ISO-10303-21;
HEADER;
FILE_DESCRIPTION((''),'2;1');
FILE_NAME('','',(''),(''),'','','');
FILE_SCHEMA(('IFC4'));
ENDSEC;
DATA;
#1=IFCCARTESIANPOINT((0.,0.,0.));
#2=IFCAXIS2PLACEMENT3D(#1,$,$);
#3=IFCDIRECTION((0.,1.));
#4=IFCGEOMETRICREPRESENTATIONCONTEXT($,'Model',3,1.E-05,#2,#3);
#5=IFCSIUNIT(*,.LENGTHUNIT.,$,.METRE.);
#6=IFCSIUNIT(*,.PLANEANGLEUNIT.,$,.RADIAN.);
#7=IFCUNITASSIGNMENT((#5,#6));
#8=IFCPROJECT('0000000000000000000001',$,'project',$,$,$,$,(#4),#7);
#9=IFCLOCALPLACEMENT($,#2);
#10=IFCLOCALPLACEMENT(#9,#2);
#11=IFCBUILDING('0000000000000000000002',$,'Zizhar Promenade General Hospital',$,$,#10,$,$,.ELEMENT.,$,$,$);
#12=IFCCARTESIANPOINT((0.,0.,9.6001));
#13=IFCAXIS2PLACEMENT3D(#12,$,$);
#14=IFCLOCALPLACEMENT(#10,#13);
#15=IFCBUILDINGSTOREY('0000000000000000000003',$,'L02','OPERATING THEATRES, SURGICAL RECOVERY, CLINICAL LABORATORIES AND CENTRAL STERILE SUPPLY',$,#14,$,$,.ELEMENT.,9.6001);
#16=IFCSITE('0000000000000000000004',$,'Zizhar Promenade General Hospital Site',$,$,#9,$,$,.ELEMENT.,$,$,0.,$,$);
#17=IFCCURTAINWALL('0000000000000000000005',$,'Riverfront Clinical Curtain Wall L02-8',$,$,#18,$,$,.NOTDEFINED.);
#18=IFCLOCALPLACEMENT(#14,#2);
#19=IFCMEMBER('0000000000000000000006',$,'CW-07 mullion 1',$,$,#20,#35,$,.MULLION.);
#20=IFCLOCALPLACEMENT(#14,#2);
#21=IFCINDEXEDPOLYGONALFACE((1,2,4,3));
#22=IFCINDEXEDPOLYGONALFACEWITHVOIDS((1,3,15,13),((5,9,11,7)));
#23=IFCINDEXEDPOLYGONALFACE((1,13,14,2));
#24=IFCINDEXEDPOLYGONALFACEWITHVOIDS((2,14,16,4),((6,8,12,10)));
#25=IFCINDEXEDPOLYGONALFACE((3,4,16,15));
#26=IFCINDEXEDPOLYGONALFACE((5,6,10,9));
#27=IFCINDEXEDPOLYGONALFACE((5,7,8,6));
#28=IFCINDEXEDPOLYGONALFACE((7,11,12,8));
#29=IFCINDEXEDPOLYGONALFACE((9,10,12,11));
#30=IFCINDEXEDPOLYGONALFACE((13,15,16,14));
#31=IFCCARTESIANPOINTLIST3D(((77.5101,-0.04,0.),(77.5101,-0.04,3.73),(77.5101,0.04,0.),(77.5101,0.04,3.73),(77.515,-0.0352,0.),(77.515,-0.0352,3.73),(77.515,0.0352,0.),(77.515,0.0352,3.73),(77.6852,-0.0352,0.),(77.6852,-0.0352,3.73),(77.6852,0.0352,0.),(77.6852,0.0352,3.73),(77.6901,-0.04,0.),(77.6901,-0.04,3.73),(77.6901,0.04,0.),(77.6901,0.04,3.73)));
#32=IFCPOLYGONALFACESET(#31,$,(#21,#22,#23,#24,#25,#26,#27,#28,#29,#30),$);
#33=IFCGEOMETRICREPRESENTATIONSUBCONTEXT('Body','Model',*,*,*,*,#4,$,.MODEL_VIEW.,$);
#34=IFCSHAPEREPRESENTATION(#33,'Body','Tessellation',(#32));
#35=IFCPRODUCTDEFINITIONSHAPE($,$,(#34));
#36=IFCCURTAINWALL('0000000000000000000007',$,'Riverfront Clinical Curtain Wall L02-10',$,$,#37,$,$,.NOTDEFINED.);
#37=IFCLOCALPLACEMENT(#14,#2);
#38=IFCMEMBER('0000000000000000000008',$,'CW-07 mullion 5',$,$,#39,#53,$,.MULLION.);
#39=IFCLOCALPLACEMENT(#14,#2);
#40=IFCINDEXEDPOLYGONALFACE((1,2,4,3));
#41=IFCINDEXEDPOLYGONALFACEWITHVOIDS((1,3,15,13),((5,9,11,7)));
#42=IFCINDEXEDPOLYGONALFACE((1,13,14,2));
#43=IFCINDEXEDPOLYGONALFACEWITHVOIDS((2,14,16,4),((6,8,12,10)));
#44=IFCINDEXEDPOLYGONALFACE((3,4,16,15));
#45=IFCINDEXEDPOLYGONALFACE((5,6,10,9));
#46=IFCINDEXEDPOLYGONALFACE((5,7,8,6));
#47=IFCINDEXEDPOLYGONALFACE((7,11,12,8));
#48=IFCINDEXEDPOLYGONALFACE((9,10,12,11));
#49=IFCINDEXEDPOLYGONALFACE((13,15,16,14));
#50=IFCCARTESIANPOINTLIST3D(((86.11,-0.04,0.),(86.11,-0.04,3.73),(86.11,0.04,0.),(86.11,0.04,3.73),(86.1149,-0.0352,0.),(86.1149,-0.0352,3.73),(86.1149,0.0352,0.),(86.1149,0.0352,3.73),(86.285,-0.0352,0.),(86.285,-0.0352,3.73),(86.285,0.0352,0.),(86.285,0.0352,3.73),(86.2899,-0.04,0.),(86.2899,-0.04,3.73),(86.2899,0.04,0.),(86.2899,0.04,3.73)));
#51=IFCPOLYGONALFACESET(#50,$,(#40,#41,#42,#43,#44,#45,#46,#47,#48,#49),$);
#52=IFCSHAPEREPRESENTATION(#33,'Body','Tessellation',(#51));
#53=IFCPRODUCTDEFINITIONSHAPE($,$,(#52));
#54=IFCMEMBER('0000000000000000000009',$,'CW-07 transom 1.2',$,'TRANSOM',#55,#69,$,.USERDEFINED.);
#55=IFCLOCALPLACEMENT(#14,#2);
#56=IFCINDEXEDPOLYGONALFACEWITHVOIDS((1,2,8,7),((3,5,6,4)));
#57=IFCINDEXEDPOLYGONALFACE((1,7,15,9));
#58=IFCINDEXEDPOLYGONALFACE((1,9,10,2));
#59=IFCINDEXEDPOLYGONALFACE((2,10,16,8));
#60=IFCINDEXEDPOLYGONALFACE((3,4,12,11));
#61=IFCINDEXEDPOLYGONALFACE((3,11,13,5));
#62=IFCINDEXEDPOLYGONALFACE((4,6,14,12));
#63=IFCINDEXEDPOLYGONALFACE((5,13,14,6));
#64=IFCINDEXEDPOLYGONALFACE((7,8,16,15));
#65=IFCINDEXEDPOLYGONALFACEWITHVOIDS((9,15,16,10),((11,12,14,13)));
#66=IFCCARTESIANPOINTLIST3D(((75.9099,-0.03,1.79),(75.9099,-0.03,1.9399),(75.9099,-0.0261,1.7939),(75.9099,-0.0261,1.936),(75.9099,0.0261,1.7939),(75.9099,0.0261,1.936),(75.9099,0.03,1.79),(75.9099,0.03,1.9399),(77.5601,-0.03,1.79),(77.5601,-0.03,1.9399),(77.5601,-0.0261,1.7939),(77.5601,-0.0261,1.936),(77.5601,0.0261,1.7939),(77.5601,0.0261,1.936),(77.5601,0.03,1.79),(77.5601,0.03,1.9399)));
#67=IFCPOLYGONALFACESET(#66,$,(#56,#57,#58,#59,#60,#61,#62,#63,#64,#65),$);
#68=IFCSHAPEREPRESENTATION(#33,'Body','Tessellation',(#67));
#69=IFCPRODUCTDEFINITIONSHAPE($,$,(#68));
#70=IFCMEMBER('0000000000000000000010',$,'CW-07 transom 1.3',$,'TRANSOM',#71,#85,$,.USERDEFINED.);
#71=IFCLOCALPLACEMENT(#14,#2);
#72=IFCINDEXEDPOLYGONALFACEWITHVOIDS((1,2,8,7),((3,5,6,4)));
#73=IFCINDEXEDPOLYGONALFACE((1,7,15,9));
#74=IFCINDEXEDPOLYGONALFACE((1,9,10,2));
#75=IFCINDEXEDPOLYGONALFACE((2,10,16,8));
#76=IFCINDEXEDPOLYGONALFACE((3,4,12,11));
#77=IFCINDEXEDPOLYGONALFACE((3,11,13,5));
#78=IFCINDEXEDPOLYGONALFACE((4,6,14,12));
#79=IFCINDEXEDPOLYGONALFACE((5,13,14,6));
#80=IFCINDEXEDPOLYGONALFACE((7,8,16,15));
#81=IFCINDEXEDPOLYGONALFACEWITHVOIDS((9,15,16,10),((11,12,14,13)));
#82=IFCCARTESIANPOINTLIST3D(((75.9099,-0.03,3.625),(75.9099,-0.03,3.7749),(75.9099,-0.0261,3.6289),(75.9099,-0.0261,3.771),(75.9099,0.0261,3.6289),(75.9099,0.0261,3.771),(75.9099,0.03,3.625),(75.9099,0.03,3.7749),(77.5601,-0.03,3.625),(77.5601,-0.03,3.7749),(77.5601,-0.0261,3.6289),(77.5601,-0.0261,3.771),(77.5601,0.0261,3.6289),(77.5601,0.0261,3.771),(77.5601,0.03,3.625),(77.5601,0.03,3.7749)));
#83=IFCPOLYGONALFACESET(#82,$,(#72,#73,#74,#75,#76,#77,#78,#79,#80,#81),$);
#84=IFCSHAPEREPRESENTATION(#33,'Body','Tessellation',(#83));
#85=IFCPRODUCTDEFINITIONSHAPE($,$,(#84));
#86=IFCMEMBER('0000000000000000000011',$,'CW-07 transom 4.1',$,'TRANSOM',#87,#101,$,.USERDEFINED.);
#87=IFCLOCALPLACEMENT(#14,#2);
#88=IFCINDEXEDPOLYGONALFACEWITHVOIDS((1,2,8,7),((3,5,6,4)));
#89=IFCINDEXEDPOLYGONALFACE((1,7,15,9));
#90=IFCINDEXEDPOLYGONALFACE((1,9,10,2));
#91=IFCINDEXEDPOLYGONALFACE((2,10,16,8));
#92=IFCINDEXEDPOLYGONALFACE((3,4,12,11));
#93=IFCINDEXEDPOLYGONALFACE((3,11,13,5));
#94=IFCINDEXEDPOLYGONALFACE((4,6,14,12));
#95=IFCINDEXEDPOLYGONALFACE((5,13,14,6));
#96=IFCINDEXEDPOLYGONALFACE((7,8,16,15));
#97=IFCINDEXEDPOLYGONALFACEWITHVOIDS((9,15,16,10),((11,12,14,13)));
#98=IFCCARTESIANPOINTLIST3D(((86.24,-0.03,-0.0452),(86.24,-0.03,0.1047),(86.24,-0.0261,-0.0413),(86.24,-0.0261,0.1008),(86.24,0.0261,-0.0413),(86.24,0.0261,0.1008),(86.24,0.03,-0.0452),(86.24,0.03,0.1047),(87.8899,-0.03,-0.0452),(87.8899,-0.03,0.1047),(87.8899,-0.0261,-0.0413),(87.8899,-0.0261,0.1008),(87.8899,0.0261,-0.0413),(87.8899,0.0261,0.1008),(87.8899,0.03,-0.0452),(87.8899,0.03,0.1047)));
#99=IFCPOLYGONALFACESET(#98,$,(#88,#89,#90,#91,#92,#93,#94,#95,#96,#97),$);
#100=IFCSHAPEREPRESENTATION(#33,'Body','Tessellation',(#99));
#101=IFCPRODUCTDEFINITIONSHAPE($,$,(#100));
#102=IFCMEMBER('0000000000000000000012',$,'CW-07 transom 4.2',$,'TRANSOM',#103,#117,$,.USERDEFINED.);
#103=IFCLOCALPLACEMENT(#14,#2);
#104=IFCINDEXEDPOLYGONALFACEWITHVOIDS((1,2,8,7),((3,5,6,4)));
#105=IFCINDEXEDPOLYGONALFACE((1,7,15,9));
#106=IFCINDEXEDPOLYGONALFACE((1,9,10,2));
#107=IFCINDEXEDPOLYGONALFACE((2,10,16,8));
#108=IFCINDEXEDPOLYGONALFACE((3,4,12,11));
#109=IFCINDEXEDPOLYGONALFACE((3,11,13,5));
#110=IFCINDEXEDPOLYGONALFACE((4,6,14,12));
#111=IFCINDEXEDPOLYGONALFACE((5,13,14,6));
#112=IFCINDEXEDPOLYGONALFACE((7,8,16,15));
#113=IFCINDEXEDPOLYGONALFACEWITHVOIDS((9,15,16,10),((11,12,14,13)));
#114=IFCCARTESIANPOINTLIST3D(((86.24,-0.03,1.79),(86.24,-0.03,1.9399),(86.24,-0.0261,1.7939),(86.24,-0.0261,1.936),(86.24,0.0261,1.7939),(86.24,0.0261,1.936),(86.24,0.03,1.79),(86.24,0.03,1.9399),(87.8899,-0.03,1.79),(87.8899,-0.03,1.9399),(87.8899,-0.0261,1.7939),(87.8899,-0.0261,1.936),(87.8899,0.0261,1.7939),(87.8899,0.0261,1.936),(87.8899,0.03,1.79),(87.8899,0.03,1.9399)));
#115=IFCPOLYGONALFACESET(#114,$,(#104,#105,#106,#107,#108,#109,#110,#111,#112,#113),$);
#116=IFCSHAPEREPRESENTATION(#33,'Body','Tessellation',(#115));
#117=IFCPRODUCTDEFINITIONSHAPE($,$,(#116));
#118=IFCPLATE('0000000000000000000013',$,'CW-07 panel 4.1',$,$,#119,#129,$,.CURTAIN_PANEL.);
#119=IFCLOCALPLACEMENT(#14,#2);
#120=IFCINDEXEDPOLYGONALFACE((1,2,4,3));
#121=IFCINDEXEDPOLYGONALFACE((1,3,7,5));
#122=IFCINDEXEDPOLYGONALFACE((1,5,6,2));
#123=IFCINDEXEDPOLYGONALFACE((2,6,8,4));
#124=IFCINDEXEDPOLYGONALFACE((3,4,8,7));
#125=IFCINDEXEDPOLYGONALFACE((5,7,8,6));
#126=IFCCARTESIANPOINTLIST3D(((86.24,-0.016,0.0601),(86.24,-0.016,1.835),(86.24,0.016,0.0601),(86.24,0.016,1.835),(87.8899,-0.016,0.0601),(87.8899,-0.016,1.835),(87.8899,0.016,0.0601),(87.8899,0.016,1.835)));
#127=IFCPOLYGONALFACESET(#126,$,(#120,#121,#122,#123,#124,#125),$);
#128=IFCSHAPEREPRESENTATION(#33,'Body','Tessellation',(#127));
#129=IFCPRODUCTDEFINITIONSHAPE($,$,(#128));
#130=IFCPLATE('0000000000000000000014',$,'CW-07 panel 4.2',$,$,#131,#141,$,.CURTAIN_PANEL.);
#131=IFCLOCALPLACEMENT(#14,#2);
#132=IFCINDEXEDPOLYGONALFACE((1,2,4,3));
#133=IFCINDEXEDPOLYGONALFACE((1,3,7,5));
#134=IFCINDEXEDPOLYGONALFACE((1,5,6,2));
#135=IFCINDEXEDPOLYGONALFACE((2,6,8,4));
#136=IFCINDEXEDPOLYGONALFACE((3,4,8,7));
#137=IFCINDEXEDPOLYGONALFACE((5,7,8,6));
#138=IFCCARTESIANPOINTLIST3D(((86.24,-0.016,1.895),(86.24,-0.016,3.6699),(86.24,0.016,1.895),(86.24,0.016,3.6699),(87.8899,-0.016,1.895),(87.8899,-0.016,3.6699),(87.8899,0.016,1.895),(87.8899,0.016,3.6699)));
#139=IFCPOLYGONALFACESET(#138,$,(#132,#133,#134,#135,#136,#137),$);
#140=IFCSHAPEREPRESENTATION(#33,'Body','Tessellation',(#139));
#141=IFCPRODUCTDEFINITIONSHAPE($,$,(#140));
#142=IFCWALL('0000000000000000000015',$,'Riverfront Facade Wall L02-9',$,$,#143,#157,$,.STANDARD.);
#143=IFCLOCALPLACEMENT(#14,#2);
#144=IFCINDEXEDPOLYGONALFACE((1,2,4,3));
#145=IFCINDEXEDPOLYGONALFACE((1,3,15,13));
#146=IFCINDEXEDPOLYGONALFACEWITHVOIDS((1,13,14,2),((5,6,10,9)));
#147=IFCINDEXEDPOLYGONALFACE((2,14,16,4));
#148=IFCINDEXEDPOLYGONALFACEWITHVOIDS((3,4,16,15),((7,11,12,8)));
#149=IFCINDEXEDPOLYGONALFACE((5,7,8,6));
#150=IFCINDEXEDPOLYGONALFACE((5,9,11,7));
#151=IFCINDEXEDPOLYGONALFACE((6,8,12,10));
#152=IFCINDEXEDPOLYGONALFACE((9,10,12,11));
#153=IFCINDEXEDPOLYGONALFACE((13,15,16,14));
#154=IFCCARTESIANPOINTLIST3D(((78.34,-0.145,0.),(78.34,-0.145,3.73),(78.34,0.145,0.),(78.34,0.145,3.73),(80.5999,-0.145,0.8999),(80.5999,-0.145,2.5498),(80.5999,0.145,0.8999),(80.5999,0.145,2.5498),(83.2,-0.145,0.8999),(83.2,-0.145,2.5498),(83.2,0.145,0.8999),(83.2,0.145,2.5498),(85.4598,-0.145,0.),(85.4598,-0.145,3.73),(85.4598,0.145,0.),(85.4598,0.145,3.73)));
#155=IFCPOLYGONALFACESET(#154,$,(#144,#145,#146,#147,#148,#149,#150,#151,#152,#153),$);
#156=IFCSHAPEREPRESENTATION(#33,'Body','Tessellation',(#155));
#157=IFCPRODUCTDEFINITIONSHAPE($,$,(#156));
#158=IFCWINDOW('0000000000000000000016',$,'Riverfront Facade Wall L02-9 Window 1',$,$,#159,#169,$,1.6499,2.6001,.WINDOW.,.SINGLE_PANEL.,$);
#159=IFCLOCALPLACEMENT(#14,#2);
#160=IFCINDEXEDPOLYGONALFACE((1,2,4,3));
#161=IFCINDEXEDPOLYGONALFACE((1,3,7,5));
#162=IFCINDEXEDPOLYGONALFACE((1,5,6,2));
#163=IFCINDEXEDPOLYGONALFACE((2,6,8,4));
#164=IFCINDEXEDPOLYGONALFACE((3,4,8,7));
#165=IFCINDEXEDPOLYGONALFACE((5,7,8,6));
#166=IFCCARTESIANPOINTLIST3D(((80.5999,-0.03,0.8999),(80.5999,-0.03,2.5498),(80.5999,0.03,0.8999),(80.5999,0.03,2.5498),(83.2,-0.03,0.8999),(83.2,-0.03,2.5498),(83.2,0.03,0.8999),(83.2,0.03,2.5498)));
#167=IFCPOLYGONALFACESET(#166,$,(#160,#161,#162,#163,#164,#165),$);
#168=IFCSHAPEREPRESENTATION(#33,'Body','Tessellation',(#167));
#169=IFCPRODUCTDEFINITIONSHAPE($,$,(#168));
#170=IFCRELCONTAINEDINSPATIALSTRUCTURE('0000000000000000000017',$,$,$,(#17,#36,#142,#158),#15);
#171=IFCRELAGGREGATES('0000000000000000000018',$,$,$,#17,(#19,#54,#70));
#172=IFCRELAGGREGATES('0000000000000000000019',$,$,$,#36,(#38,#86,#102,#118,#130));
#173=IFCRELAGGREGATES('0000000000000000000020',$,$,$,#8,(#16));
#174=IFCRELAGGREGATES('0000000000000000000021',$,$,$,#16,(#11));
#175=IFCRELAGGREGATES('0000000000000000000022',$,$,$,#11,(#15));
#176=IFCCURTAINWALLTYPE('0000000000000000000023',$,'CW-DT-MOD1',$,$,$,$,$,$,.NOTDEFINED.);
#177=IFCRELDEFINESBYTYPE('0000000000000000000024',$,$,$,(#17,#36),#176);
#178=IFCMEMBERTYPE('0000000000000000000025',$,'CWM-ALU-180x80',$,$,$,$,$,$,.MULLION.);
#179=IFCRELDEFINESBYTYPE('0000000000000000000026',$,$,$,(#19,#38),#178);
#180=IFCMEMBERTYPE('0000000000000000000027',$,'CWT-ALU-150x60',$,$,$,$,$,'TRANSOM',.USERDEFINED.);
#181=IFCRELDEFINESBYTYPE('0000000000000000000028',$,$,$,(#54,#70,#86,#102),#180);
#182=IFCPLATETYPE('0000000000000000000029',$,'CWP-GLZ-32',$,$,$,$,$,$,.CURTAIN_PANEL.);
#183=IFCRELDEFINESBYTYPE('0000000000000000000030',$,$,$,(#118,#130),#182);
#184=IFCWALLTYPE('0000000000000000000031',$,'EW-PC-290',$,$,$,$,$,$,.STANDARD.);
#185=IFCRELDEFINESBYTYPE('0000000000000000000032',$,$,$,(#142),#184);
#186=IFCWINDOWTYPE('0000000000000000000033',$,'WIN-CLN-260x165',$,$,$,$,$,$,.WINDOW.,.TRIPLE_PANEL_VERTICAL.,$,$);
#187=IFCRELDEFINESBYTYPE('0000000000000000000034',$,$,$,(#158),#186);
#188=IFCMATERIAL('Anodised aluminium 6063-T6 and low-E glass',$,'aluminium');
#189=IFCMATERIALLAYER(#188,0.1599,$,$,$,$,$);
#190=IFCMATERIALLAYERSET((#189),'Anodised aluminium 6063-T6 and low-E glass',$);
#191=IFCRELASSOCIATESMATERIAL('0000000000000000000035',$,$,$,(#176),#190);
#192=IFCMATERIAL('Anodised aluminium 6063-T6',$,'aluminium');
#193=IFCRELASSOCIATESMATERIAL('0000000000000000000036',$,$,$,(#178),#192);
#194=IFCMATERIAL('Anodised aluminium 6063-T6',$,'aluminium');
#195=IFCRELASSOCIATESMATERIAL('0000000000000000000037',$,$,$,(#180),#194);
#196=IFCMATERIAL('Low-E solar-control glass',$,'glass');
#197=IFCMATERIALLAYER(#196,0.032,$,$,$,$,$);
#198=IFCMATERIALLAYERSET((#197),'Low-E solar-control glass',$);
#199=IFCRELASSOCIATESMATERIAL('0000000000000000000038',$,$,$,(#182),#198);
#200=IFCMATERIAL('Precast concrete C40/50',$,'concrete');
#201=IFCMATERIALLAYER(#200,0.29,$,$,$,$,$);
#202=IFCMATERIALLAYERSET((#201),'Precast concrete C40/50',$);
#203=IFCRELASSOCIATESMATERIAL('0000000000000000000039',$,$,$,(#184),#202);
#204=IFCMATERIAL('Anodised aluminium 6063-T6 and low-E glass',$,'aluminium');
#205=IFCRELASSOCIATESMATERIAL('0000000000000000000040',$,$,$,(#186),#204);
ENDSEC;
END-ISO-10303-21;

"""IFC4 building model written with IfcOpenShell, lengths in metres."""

from ifc_helpers import new_model, si_unit, direction, frame, frame_2d, origin, origin_2d, place, context, subcontext, project, spatial, rectangle, hollow_rectangle, extrude, material, layer, layer_set, material_profile, profile_set, type_object, element, fill, aggregate, save


model = new_model("IFC4")

# Units and contexts
model_context = context("Model", 3, precision=1e-05, world=origin(), true_north=direction((0.0, 1.0)))
body_context = subcontext(model_context, "Body", "Model", "MODEL_VIEW")
ifc_project = project(units=[si_unit("LENGTHUNIT", "METRE"), si_unit("PLANEANGLEUNIT", "RADIAN")], contexts=[model_context])

# Site, building, storey
site_placement = place(None, origin())
site = spatial("IfcSite", under=ifc_project, at=site_placement, Name="Zizhar Promenade General Hospital Site", CompositionType="ELEMENT", RefElevation=0.0)
building_placement = place(site_placement, origin())
building = spatial("IfcBuilding", under=site, at=building_placement, Name="Zizhar Promenade General Hospital", CompositionType="ELEMENT")
storey_placement = place(building_placement, frame((0.0, 0.0, 9.6001)))
storey = spatial("IfcBuildingStorey", under=building, at=storey_placement, Name="L02", Description="OPERATING THEATRES, SURGICAL RECOVERY, CLINICAL LABORATORIES AND CENTRAL STERILE SUPPLY", CompositionType="ELEMENT", Elevation=9.6001)

# Curtain walls, members
ifc_material_1 = material(Name="Anodised aluminium 6063-T6 and low-E glass", Category="aluminium")
ifc_layer_1 = layer(ifc_material_1, 0.1599)
ifc_layer_set_1 = layer_set([ifc_layer_1], Name="Anodised aluminium 6063-T6 and low-E glass")
curtain_wall_type = type_object("IfcCurtainWallType", Name="CW-DT-MOD1", PredefinedType="NOTDEFINED", material=ifc_layer_set_1)
curtain_wall_1_placement = place(storey_placement, origin())
curtain_wall_1 = element("IfcCurtainWall", 1, at=curtain_wall_1_placement, inside=storey, type_object=curtain_wall_type, Name="Riverfront Clinical Curtain Wall L02-8", PredefinedType="NOTDEFINED")
ifc_material_2 = material(Name="Anodised aluminium 6063-T6", Category="aluminium")
ifc_material_profile_1 = material_profile(ifc_material_2, hollow_rectangle(XDim=0.0801, YDim=0.1799, WallThickness=0.0049, at=origin_2d()))
ifc_profile_set_1 = profile_set([ifc_material_profile_1], Name="Anodised aluminium 6063-T6")
member_type_1 = type_object("IfcMemberType", Name="CWM-ALU-180x80", PredefinedType="MULLION", material=ifc_profile_set_1)
member_1_placement = place(storey_placement, frame((77.6001, 0.0, 0.0), z_axis=(0.0, 0.0, 1.0), x_axis=(0.0, -1.0, 0.0)))
member_1 = element("IfcMember", 2, at=member_1_placement, type_object=member_type_1, Name="CW-07 mullion 1", PredefinedType="MULLION", context=body_context, shape_type="SweptSolid", body=[
    extrude(hollow_rectangle(XDim=0.0801, YDim=0.1799, WallThickness=0.0049, at=origin_2d()), origin(), (0.0, 0.0, 1.0), 3.73),
])
curtain_wall_2_placement = place(storey_placement, origin())
curtain_wall_2 = element("IfcCurtainWall", 3, at=curtain_wall_2_placement, inside=storey, type_object=curtain_wall_type, Name="Riverfront Clinical Curtain Wall L02-10", PredefinedType="NOTDEFINED")
member_2_placement = place(storey_placement, frame((86.2, 0.0, 0.0), z_axis=(0.0, 0.0, 1.0), x_axis=(0.0, -1.0, 0.0)))
member_2 = element("IfcMember", 4, at=member_2_placement, type_object=member_type_1, Name="CW-07 mullion 5", PredefinedType="MULLION", context=body_context, shape_type="SweptSolid", body=[
    extrude(hollow_rectangle(XDim=0.0801, YDim=0.1799, WallThickness=0.0049, at=origin_2d()), origin(), (0.0, 0.0, 1.0), 3.73),
])

# Members
ifc_material_3 = material(Name="Anodised aluminium 6063-T6", Category="aluminium")
ifc_material_profile_2 = material_profile(ifc_material_3, hollow_rectangle(XDim=0.0601, YDim=0.1499, WallThickness=0.0039, at=origin_2d()))
ifc_profile_set_2 = profile_set([ifc_material_profile_2], Name="Anodised aluminium 6063-T6")
member_type_2 = type_object("IfcMemberType", Name="CWT-ALU-150x60", ElementType="TRANSOM", PredefinedType="USERDEFINED", material=ifc_profile_set_2)
member_3_placement = place(storey_placement, frame((77.5601, 0.0, 1.865), z_axis=(-1.0, 0.0, 0.0), x_axis=(0.0, -1.0, 0.0)))
member_3 = element("IfcMember", 5, at=member_3_placement, type_object=member_type_2, Name="CW-07 transom 1.2", ObjectType="TRANSOM", PredefinedType="USERDEFINED", context=body_context, shape_type="SweptSolid", body=[
    extrude(hollow_rectangle(XDim=0.0601, YDim=0.1499, WallThickness=0.0039, at=origin_2d()), origin(), (0.0, 0.0, 1.0), 1.6501),
])
member_4_placement = place(storey_placement, frame((77.5601, 0.0, 3.7), z_axis=(-1.0, 0.0, 0.0), x_axis=(0.0, -1.0, 0.0)))
member_4 = element("IfcMember", 6, at=member_4_placement, type_object=member_type_2, Name="CW-07 transom 1.3", ObjectType="TRANSOM", PredefinedType="USERDEFINED", context=body_context, shape_type="SweptSolid", body=[
    extrude(hollow_rectangle(XDim=0.0601, YDim=0.1499, WallThickness=0.0039, at=origin_2d()), origin(), (0.0, 0.0, 1.0), 1.6501),
])
aggregate(curtain_wall_1, [member_1, member_3, member_4])
member_5_placement = place(storey_placement, frame((87.8899, 0.0, 0.0298), z_axis=(-1.0, 0.0, 0.0), x_axis=(0.0, -1.0, 0.0)))
member_5 = element("IfcMember", 7, at=member_5_placement, type_object=member_type_2, Name="CW-07 transom 4.1", ObjectType="TRANSOM", PredefinedType="USERDEFINED", context=body_context, shape_type="SweptSolid", body=[
    extrude(hollow_rectangle(XDim=0.0601, YDim=0.1499, WallThickness=0.0039, at=origin_2d()), origin(), (0.0, 0.0, 1.0), 1.6499),
])
member_6_placement = place(storey_placement, frame((87.8899, 0.0, 1.865), z_axis=(-1.0, 0.0, 0.0), x_axis=(0.0, -1.0, 0.0)))
member_6 = element("IfcMember", 8, at=member_6_placement, type_object=member_type_2, Name="CW-07 transom 4.2", ObjectType="TRANSOM", PredefinedType="USERDEFINED", context=body_context, shape_type="SweptSolid", body=[
    extrude(hollow_rectangle(XDim=0.0601, YDim=0.1499, WallThickness=0.0039, at=origin_2d()), origin(), (0.0, 0.0, 1.0), 1.6499),
])

# Plates
ifc_material_4 = material(Name="Low-E solar-control glass", Category="glass")
ifc_layer_2 = layer(ifc_material_4, 0.032)
ifc_layer_set_2 = layer_set([ifc_layer_2], Name="Low-E solar-control glass")
plate_type = type_object("IfcPlateType", Name="CWP-GLZ-32", PredefinedType="CURTAIN_PANEL", material=ifc_layer_set_2)
plate_1_placement = place(storey_placement, frame((87.0649, 0.0, 0.0601), z_axis=(0.0, 0.0, 1.0), x_axis=(-1.0, 0.0, 0.0)))
plate_1 = element("IfcPlate", 9, at=plate_1_placement, type_object=plate_type, Name="CW-07 panel 4.1", PredefinedType="CURTAIN_PANEL", context=body_context, shape_type="SweptSolid", body=[
    extrude(rectangle(XDim=1.6499, YDim=0.032, at=origin_2d()), origin(), (0.0, 0.0, 1.0), 1.7749),
])
plate_2_placement = place(storey_placement, frame((87.0649, 0.0, 1.895), z_axis=(0.0, 0.0, 1.0), x_axis=(-1.0, 0.0, 0.0)))
plate_2 = element("IfcPlate", 10, at=plate_2_placement, type_object=plate_type, Name="CW-07 panel 4.2", PredefinedType="CURTAIN_PANEL", context=body_context, shape_type="SweptSolid", body=[
    extrude(rectangle(XDim=1.6499, YDim=0.032, at=origin_2d()), origin(), (0.0, 0.0, 1.0), 1.7749),
])
aggregate(curtain_wall_2, [member_2, member_5, member_6, plate_1, plate_2])

# Wall, opening, window
ifc_material_5 = material(Name="Precast concrete C40/50", Category="concrete")
ifc_layer_3 = layer(ifc_material_5, 0.29)
ifc_layer_set_3 = layer_set([ifc_layer_3], Name="Precast concrete C40/50")
wall_type_1 = type_object("IfcWallType", Name="EW-PC-290", PredefinedType="STANDARD", material=ifc_layer_set_3)
wall_1_placement = place(storey_placement, frame((85.46, 0.0, 0.0), z_axis=(0.0, 0.0, 1.0), x_axis=(-1.0, 0.0, 0.0)))
wall_1 = element("IfcWall", 11, at=wall_1_placement, inside=storey, type_object=wall_type_1, Name="Riverfront Facade Wall L02-9", PredefinedType="STANDARD", context=body_context, shape_type="SweptSolid", body=[
    extrude(rectangle(XDim=7.1199, YDim=0.29, at=frame_2d((3.5601, 0.0))), origin(), (0.0, 0.0, 1.0), 3.73),
])
opening_1_placement = place(wall_1_placement, frame((2.26, 0.0, 0.8999)))
opening_1 = element("IfcOpeningElement", 12, at=opening_1_placement, cuts=wall_1, PredefinedType="OPENING", context=body_context, shape_type="SweptSolid", body=[
    extrude(rectangle(XDim=2.6001, YDim=1.6499, at=frame_2d((1.3, 0.825))), frame((0.0, 0.155, 0.0), z_axis=(0.0, -1.0, 0.0), x_axis=(1.0, 0.0, 0.0)), (0.0, 0.0, 1.0), 0.3101),
])
ifc_material_6 = material(Name="Anodised aluminium 6063-T6 and low-E glass", Category="aluminium")
window_type = type_object("IfcWindowType", Name="WIN-CLN-260x165", PartitioningType="TRIPLE_PANEL_VERTICAL", PredefinedType="WINDOW", material=ifc_material_6)
window_placement = place(opening_1_placement, origin())
window = element("IfcWindow", 13, at=window_placement, inside=storey, type_object=window_type, Name="Riverfront Facade Wall L02-9 Window 1", OverallHeight=1.6499, OverallWidth=2.6001, PartitioningType="SINGLE_PANEL", PredefinedType="WINDOW", context=body_context, shape_type="SweptSolid", body=[
    extrude(rectangle(XDim=2.6001, YDim=1.6499, at=frame_2d((1.3, 0.825))), frame((0.0, 0.03, 0.0), z_axis=(0.0, -1.0, 0.0), x_axis=(1.0, 0.0, 0.0)), (0.0, 0.0, 1.0), 0.0601),
])
fill(opening_1, window)

save(model, "model.ifc")
